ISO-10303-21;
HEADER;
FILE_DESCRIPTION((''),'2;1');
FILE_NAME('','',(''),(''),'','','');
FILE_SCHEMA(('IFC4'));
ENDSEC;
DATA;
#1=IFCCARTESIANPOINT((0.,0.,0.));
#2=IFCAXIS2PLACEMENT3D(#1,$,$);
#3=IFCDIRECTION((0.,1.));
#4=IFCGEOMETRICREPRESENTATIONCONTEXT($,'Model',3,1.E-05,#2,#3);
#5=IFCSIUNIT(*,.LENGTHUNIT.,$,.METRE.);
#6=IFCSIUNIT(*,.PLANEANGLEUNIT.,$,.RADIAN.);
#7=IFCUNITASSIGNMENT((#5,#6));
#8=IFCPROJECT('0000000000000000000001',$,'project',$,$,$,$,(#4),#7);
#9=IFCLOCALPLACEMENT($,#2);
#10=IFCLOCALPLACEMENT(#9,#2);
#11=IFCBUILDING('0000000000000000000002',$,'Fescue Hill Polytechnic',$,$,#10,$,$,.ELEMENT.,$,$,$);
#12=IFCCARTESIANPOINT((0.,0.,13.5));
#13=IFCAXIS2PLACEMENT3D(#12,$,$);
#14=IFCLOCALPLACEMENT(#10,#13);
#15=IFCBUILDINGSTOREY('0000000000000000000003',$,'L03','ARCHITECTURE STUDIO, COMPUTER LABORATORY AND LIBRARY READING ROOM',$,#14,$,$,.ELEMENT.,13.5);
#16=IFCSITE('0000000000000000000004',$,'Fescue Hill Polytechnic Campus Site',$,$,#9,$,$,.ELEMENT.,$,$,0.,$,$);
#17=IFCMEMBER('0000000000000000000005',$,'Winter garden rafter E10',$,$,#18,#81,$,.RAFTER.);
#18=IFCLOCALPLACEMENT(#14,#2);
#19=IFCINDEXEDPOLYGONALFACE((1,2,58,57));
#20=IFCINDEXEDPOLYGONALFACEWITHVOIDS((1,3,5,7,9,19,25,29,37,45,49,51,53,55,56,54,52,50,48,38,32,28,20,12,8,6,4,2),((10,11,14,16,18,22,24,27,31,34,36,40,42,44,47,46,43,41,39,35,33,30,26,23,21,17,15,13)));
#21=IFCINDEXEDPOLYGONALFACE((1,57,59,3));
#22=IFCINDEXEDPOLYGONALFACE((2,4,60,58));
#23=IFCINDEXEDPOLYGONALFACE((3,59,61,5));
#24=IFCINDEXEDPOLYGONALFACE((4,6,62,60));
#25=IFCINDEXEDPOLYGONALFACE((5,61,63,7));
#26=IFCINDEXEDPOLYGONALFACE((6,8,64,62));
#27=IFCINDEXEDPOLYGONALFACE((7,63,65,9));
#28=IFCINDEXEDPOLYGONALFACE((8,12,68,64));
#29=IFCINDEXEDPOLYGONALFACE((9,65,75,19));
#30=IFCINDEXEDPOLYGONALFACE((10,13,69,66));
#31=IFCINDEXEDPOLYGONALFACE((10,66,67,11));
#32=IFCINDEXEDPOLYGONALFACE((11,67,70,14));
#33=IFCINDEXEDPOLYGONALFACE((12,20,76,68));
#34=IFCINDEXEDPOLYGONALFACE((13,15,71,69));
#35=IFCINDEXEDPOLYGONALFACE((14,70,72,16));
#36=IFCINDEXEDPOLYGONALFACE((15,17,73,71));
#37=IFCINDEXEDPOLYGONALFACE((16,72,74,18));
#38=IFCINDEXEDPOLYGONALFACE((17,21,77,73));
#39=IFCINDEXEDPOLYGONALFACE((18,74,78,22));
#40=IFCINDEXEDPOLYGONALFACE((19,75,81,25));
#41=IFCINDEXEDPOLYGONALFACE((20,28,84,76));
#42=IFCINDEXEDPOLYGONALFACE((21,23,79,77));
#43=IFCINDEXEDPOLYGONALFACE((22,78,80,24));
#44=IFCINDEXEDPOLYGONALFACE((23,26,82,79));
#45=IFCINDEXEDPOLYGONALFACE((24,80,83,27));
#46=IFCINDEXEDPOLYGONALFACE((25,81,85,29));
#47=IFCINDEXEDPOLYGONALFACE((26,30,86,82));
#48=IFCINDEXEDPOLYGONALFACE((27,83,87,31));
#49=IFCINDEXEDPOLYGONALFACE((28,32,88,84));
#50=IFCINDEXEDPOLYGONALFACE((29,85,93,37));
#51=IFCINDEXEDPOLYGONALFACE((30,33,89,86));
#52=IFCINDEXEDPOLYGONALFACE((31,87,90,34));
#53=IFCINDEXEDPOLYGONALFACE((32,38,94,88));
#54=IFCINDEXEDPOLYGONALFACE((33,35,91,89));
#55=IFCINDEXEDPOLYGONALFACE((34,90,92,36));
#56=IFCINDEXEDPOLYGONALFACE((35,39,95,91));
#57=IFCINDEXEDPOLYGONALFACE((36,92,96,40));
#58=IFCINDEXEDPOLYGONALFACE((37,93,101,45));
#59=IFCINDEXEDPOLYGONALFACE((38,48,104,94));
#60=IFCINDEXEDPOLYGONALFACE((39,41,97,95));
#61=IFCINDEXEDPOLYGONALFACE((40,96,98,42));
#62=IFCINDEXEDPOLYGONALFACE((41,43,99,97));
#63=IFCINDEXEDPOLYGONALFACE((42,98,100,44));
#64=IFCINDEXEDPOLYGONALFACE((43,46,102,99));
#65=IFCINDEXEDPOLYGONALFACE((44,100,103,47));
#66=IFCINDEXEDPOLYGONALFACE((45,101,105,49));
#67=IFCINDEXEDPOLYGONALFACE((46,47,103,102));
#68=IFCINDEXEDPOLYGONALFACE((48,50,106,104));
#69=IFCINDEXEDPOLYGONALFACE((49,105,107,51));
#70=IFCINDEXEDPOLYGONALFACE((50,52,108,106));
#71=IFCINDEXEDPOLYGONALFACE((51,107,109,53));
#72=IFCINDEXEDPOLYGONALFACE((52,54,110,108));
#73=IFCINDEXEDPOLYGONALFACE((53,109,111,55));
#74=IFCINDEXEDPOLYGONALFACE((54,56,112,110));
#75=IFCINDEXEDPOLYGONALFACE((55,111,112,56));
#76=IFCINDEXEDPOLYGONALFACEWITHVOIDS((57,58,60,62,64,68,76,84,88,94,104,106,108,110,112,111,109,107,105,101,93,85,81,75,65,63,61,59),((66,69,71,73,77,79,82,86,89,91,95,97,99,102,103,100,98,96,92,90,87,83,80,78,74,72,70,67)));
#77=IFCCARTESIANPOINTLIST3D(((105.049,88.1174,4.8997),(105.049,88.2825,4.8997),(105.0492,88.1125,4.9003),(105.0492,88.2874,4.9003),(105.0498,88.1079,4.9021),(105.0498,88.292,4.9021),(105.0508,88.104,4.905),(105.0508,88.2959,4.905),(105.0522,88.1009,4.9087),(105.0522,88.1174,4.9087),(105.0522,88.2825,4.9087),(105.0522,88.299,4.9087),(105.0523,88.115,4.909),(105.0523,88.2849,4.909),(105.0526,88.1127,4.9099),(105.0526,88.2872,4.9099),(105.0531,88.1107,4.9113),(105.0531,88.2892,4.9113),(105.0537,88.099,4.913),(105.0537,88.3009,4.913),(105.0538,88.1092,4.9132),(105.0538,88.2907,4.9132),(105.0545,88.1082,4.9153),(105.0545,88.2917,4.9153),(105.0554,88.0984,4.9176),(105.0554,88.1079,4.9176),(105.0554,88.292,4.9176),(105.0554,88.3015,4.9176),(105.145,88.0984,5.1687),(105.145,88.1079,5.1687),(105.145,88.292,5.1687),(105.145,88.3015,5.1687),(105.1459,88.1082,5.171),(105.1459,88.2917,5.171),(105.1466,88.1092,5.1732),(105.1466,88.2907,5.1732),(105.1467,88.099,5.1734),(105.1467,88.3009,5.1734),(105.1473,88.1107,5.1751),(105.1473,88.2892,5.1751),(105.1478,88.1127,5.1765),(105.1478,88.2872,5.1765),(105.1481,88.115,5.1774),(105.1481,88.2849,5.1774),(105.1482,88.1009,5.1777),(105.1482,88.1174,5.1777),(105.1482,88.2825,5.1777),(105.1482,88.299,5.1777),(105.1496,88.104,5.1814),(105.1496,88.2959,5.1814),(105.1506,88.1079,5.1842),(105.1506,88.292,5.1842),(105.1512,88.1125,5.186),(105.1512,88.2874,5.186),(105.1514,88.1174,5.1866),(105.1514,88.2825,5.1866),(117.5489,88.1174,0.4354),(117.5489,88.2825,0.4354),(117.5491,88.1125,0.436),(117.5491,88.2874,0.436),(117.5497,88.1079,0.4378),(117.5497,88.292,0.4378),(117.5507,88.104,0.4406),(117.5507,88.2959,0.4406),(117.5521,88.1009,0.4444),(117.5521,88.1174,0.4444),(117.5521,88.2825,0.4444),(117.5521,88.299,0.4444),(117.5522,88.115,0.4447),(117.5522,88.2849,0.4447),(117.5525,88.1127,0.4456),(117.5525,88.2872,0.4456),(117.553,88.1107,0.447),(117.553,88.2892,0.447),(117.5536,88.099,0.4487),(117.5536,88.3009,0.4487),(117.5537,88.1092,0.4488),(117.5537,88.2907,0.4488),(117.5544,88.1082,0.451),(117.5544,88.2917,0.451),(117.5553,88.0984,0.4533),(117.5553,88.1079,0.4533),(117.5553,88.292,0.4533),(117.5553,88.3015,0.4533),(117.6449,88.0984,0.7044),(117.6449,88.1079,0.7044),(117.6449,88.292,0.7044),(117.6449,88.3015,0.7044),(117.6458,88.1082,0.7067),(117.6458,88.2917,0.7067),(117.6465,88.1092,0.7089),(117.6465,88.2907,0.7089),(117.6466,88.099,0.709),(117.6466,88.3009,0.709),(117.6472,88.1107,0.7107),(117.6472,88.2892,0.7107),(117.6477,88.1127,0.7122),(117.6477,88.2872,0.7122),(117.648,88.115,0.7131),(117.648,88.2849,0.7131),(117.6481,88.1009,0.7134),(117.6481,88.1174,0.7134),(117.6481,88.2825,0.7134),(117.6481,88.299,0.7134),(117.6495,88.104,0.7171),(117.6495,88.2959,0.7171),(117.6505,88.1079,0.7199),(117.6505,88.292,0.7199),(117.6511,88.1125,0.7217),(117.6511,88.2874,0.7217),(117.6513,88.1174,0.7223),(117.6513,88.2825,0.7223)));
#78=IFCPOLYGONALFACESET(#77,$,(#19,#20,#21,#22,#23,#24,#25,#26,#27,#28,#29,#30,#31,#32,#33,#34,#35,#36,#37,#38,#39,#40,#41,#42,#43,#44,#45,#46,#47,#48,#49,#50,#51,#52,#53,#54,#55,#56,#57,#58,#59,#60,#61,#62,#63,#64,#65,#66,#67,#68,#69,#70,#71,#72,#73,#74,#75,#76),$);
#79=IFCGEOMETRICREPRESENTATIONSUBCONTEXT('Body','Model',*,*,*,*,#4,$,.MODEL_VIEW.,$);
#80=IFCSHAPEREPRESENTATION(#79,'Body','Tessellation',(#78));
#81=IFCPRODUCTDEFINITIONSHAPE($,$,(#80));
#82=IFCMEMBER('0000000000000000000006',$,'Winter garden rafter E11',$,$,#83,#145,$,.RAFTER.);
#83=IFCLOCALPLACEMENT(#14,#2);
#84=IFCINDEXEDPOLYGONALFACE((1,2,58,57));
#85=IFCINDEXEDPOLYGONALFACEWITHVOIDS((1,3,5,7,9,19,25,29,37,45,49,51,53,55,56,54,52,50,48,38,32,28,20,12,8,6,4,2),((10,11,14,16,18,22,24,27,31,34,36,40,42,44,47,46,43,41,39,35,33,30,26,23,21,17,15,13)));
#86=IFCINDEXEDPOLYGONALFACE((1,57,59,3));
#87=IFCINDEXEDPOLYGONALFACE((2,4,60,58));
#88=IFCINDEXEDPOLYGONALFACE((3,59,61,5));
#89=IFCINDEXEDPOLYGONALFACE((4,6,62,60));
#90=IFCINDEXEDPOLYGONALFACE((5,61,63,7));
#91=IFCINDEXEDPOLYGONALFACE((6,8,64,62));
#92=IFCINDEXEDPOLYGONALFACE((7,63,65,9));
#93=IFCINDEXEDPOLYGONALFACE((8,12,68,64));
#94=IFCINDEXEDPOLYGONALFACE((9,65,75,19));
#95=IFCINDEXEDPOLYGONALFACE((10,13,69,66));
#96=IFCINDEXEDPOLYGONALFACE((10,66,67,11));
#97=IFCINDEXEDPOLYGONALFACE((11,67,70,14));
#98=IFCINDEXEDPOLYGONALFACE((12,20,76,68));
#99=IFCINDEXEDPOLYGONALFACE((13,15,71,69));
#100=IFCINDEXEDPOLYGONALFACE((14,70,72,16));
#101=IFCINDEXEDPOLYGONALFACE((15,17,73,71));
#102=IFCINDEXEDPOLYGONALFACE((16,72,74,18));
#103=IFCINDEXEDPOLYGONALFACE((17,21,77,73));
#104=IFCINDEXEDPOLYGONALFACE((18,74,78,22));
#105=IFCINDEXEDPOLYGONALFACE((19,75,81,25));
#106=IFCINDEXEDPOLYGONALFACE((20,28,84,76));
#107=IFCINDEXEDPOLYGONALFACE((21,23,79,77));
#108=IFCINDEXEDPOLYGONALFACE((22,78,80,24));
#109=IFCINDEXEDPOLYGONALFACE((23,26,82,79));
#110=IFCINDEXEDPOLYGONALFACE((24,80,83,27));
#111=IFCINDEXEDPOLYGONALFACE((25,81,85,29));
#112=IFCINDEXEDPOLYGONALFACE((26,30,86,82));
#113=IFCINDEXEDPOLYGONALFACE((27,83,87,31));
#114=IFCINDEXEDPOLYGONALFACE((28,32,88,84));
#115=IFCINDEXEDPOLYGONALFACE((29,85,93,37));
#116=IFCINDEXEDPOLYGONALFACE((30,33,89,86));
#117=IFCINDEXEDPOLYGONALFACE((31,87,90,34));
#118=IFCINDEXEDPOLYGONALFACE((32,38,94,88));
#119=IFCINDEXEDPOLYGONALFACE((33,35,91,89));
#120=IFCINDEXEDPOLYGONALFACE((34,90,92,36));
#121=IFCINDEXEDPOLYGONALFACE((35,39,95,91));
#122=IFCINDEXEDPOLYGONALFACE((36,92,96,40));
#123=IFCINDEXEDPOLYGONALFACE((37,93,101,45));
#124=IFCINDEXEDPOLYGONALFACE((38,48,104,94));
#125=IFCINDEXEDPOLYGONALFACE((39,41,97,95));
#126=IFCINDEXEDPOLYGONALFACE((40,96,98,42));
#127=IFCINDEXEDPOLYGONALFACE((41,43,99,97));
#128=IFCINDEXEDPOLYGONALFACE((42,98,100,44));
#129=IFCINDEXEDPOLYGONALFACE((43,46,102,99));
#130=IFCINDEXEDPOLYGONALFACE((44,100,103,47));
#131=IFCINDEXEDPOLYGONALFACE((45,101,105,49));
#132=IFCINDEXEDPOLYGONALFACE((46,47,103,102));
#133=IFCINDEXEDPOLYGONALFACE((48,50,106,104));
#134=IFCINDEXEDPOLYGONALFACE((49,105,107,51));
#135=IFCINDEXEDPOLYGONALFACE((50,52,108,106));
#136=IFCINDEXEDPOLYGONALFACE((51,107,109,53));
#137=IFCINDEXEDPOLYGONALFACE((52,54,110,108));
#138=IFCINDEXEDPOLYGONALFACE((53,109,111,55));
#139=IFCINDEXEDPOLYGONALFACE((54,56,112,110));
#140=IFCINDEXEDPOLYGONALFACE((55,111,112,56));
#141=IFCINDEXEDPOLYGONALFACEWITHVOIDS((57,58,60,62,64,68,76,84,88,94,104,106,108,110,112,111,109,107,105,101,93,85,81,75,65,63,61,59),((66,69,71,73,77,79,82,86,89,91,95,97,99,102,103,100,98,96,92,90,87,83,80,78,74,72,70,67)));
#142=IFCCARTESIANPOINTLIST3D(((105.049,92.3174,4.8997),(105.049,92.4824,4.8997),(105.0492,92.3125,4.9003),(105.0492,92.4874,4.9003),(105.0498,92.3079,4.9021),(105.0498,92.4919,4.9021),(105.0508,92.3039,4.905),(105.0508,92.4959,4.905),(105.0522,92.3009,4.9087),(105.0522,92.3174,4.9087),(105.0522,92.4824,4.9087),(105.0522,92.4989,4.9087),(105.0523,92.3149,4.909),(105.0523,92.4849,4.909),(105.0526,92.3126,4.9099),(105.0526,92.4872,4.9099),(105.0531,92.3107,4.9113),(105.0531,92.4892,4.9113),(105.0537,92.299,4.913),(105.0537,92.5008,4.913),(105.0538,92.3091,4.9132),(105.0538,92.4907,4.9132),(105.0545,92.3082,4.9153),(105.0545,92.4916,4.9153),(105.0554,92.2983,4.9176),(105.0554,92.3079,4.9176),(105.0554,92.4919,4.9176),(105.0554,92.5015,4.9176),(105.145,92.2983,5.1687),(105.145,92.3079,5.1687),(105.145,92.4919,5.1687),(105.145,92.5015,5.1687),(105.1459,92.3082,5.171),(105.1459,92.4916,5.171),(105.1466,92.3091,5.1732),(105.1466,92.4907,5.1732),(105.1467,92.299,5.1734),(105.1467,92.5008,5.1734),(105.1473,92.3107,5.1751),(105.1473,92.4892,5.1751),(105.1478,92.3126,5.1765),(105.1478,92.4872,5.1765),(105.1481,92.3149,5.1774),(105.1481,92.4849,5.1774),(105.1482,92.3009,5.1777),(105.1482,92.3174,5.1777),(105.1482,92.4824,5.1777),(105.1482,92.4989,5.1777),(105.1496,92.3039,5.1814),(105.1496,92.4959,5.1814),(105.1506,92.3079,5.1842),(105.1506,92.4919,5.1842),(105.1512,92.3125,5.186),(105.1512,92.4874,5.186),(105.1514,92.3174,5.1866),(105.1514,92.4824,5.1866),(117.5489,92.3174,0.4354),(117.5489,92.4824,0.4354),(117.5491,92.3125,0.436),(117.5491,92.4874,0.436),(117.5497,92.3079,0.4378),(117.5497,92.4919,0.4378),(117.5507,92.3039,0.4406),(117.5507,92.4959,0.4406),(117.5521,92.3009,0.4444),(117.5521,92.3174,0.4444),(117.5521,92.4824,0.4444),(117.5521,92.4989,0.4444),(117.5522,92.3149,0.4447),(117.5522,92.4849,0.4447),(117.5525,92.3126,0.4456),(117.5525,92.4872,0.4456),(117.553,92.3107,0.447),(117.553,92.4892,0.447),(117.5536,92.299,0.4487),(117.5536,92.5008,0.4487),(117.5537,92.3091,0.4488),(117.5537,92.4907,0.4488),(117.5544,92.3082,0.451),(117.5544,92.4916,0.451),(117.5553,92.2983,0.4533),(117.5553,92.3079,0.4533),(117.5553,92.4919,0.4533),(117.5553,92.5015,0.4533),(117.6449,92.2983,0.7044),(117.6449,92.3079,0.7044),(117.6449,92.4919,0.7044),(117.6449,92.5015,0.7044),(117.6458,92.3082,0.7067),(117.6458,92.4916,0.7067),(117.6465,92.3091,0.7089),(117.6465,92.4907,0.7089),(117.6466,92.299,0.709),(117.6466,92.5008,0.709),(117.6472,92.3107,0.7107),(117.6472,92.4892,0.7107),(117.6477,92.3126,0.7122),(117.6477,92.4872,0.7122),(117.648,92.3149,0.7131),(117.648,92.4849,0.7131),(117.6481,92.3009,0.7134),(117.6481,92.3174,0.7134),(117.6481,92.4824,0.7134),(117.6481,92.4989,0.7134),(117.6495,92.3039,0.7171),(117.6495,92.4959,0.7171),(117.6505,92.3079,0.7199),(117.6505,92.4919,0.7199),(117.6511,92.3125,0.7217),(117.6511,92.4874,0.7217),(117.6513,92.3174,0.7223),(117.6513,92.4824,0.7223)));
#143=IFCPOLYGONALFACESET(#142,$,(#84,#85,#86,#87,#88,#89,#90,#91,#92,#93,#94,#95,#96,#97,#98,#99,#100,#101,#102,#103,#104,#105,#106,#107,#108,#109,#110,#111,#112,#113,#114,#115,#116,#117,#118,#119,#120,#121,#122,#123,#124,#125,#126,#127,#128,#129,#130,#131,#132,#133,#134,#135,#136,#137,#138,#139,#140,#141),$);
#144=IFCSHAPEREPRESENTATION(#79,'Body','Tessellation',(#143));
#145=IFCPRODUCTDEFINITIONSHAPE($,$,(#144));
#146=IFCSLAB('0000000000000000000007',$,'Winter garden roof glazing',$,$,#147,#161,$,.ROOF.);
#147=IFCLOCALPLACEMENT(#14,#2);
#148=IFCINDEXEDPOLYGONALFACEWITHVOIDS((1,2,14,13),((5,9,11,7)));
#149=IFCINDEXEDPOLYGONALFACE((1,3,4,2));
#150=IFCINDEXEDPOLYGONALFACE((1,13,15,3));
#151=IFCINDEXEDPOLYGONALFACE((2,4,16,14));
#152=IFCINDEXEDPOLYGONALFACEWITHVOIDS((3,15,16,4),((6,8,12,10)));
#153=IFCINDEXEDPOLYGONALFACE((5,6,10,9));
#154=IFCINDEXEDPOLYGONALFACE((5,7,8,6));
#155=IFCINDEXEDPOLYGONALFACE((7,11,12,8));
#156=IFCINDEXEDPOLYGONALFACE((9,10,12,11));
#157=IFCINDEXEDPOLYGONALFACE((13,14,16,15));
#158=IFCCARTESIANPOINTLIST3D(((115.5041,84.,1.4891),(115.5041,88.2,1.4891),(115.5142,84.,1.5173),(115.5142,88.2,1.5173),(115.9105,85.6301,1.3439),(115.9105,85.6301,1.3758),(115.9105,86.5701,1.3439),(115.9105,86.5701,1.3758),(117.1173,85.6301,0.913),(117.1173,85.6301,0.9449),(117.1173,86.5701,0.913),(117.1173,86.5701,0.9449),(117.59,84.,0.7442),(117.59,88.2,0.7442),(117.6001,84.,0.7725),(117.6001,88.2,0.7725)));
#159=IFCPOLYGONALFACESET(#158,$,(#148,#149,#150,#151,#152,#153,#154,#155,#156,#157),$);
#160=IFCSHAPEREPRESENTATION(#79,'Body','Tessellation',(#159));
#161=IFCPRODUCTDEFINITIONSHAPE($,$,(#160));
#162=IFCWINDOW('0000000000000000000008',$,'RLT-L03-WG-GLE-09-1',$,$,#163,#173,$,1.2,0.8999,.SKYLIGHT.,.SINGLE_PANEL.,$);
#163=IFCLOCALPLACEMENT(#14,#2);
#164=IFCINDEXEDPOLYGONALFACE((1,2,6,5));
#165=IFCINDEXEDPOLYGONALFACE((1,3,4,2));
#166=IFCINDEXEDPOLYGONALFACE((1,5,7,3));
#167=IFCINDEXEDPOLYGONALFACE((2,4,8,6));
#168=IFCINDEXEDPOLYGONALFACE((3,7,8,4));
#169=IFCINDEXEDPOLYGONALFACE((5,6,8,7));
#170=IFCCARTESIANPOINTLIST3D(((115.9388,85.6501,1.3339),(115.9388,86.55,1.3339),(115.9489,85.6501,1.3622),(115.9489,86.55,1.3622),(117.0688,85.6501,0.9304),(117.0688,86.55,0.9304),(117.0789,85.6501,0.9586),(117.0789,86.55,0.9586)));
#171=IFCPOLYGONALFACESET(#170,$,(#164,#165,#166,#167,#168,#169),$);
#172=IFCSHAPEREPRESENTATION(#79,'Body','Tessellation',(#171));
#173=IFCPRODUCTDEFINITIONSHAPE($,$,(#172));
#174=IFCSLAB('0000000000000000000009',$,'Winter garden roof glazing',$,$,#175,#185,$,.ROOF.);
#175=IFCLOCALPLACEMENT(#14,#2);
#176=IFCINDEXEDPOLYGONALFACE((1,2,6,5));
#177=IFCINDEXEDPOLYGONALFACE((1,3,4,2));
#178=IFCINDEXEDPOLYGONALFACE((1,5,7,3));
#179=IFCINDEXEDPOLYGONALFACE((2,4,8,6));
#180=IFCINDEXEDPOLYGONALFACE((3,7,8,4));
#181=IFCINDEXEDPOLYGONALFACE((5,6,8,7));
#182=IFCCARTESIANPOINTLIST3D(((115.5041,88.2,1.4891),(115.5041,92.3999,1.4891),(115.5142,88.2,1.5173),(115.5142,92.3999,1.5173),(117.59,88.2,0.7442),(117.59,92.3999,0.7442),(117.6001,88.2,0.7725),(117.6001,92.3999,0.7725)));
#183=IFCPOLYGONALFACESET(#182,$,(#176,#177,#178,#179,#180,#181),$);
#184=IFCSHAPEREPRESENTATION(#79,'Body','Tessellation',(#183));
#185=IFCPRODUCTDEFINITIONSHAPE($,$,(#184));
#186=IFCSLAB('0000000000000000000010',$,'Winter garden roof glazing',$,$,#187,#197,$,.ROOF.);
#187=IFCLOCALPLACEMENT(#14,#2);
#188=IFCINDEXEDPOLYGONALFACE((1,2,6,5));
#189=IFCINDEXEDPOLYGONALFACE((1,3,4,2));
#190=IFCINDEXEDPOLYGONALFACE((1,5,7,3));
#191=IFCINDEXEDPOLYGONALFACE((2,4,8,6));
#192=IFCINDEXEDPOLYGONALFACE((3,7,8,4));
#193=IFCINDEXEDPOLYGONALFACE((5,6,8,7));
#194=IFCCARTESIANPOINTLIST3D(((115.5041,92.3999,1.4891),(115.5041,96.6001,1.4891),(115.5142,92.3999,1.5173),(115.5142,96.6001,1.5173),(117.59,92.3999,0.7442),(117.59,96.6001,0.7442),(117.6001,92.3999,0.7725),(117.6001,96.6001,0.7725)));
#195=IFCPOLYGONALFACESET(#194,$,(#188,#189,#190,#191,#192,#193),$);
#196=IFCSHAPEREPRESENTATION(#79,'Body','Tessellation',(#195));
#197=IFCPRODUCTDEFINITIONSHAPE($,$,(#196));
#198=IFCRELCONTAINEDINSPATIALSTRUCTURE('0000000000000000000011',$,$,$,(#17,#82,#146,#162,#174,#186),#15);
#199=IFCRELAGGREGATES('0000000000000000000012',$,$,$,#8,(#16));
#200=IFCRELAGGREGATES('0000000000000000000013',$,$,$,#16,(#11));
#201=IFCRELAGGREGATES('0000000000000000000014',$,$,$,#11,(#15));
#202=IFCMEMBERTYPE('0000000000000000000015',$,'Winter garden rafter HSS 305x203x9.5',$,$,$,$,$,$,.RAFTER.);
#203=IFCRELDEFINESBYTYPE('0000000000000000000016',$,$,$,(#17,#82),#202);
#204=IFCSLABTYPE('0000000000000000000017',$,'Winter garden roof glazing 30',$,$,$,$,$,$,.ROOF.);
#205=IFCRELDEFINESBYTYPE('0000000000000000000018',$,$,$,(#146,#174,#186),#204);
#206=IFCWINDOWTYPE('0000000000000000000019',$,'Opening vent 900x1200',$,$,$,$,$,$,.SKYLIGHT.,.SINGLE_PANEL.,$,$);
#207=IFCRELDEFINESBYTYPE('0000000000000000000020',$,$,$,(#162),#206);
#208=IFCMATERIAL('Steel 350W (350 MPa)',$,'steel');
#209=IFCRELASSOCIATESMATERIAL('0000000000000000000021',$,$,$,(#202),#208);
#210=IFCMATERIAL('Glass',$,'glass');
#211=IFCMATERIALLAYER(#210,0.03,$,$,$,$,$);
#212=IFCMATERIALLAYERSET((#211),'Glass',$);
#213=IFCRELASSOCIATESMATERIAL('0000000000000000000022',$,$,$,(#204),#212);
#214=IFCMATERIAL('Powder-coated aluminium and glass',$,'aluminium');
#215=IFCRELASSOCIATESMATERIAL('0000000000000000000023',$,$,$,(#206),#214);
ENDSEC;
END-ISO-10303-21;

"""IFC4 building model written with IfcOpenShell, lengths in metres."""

from ifc_helpers import new_model, si_unit, direction, frame, origin, origin_2d, place, context, subcontext, project, spatial, polyline, rectangle, hollow_rectangle, outline, extrude, material, layer, layer_set, material_profile, profile_set, type_object, element, fill, save


model = new_model("IFC4")

# Units and contexts
model_context = context("Model", 3, precision=1e-05, world=origin(), true_north=direction((0.0, 1.0)))
body_context = subcontext(model_context, "Body", "Model", "MODEL_VIEW")
ifc_project = project(units=[si_unit("LENGTHUNIT", "METRE"), si_unit("PLANEANGLEUNIT", "RADIAN")], contexts=[model_context])

# Site, building, storey
site_placement = place(None, origin())
site = spatial("IfcSite", under=ifc_project, at=site_placement, Name="Fescue Hill Polytechnic Campus Site", CompositionType="ELEMENT", RefElevation=0.0)
building_placement = place(site_placement, origin())
building = spatial("IfcBuilding", under=site, at=building_placement, Name="Fescue Hill Polytechnic", CompositionType="ELEMENT")
storey_placement = place(building_placement, frame((0.0, 0.0, 13.5)))
storey = spatial("IfcBuildingStorey", under=building, at=storey_placement, Name="L03", Description="ARCHITECTURE STUDIO, COMPUTER LABORATORY AND LIBRARY READING ROOM", CompositionType="ELEMENT", Elevation=13.5)

# Members
ifc_material_1 = material(Name="Steel 350W (350 MPa)", Category="steel")
ifc_material_profile_1 = material_profile(ifc_material_1, hollow_rectangle(XDim=0.2031, YDim=0.3047, WallThickness=0.0095, InnerFilletRadius=0.0095, OuterFilletRadius=0.019, at=origin_2d()), Name="Winter garden rafter HSS 305x203x9.5")
ifc_profile_set_1 = profile_set([ifc_material_profile_1], Name="Steel 350W (350 MPa)")
member_type = type_object("IfcMemberType", Name="Winter garden rafter HSS 305x203x9.5", PredefinedType="RAFTER", material=ifc_profile_set_1)
for number, where, z_axis, x_axis, name in (
    (1, (117.6001, 88.2, 0.5789), (-0.94174, 0.0, 0.336341), (0.0, -1.0, 0.0), "Winter garden rafter E10"),
    (2, (117.6001, 92.3999, 0.5789), (-0.94174, 0.0, 0.336341), (0.0, -1.0, 0.0), "Winter garden rafter E11"),
):
    element("IfcMember", number, at=place(storey_placement, frame(where, z_axis=z_axis, x_axis=x_axis)), inside=storey, type_object=member_type, Name=name, PredefinedType="RAFTER", context=body_context, shape_type="SweptSolid", body=[
        extrude(hollow_rectangle(XDim=0.2031, YDim=0.3047, WallThickness=0.0095, InnerFilletRadius=0.0095, OuterFilletRadius=0.019, at=origin_2d()), origin(), (0.0, 0.0, 1.0), 13.2732),
    ])

# Slab, opening, window
ifc_material_2 = material(Name="Glass", Category="glass")
ifc_layer_1 = layer(ifc_material_2, 0.03)
ifc_layer_set_1 = layer_set([ifc_layer_1], Name="Glass")
slab_type = type_object("IfcSlabType", Name="Winter garden roof glazing 30", PredefinedType="ROOF", material=ifc_layer_set_1)
slab_1_placement = place(storey_placement, frame((117.6001, 84.0, 0.7725), z_axis=(0.336295, 0.0, 0.941757), x_axis=(0.0, 1.0, 0.0)))
slab_1 = element("IfcSlab", 3, at=slab_1_placement, inside=storey, type_object=slab_type, Name="Winter garden roof glazing", PredefinedType="ROOF", context=body_context, shape_type="SweptSolid", body=[
    extrude(outline(polyline([(0.0, 0.0), (4.2, 0.0), (4.2, 2.2149), (0.0, 2.2149), (0.0, 0.0)])), origin(), (0.0, 0.0, -1.0), 0.03),
])
opening_placement = place(storey_placement, frame((116.5139, 86.1001, 0.8142)))
opening = element("IfcOpeningElement", 4, at=opening_placement, cuts=slab_1, PredefinedType="OPENING", context=body_context, shape_type="SweptSolid", body=[
    extrude(rectangle(XDim=1.2068, YDim=0.9399, at=origin_2d()), origin(), (0.0, 0.0, 1.0), 0.6604),
])
ifc_material_3 = material(Name="Powder-coated aluminium and glass", Category="aluminium")
window_type = type_object("IfcWindowType", Name="Opening vent 900x1200", PartitioningType="SINGLE_PANEL", PredefinedType="SKYLIGHT", material=ifc_material_3)
window_placement = place(storey_placement, frame((116.5139, 86.1001, 1.1604), z_axis=(0.336295, 0.0, 0.941757), x_axis=(0.0, 1.0, 0.0)))
window = element("IfcWindow", 5, at=window_placement, inside=storey, type_object=window_type, Name="RLT-L03-WG-GLE-09-1", OverallHeight=1.2, OverallWidth=0.8999, PartitioningType="SINGLE_PANEL", PredefinedType="SKYLIGHT", context=body_context, shape_type="SweptSolid", body=[
    extrude(rectangle(XDim=0.8999, YDim=1.2, at=origin_2d()), origin(), (0.0, 0.0, -1.0), 0.03),
])
fill(opening, window)

# Slabs
slab_2_placement = place(storey_placement, frame((117.6001, 88.2, 0.7725), z_axis=(0.336295, 0.0, 0.941757), x_axis=(0.0, 1.0, 0.0)))
element("IfcSlab", 6, at=slab_2_placement, inside=storey, type_object=slab_type, Name="Winter garden roof glazing", PredefinedType="ROOF", context=body_context, shape_type="SweptSolid", body=[
    extrude(outline(polyline([(0.0, 0.0), (4.2, 0.0), (4.2, 2.2149), (0.0, 2.2149), (0.0, 0.0)])), origin(), (0.0, 0.0, -1.0), 0.03),
])
slab_3_placement = place(storey_placement, frame((117.6001, 92.3999, 0.7725), z_axis=(0.336295, 0.0, 0.941757), x_axis=(0.0, 1.0, 0.0)))
element("IfcSlab", 7, at=slab_3_placement, inside=storey, type_object=slab_type, Name="Winter garden roof glazing", PredefinedType="ROOF", context=body_context, shape_type="SweptSolid", body=[
    extrude(outline(polyline([(0.0, 0.0), (4.2002, 0.0), (4.2002, 2.2149), (0.0, 2.2149), (0.0, 0.0)])), origin(), (0.0, 0.0, -1.0), 0.03),
])

save(model, "model.ifc")
